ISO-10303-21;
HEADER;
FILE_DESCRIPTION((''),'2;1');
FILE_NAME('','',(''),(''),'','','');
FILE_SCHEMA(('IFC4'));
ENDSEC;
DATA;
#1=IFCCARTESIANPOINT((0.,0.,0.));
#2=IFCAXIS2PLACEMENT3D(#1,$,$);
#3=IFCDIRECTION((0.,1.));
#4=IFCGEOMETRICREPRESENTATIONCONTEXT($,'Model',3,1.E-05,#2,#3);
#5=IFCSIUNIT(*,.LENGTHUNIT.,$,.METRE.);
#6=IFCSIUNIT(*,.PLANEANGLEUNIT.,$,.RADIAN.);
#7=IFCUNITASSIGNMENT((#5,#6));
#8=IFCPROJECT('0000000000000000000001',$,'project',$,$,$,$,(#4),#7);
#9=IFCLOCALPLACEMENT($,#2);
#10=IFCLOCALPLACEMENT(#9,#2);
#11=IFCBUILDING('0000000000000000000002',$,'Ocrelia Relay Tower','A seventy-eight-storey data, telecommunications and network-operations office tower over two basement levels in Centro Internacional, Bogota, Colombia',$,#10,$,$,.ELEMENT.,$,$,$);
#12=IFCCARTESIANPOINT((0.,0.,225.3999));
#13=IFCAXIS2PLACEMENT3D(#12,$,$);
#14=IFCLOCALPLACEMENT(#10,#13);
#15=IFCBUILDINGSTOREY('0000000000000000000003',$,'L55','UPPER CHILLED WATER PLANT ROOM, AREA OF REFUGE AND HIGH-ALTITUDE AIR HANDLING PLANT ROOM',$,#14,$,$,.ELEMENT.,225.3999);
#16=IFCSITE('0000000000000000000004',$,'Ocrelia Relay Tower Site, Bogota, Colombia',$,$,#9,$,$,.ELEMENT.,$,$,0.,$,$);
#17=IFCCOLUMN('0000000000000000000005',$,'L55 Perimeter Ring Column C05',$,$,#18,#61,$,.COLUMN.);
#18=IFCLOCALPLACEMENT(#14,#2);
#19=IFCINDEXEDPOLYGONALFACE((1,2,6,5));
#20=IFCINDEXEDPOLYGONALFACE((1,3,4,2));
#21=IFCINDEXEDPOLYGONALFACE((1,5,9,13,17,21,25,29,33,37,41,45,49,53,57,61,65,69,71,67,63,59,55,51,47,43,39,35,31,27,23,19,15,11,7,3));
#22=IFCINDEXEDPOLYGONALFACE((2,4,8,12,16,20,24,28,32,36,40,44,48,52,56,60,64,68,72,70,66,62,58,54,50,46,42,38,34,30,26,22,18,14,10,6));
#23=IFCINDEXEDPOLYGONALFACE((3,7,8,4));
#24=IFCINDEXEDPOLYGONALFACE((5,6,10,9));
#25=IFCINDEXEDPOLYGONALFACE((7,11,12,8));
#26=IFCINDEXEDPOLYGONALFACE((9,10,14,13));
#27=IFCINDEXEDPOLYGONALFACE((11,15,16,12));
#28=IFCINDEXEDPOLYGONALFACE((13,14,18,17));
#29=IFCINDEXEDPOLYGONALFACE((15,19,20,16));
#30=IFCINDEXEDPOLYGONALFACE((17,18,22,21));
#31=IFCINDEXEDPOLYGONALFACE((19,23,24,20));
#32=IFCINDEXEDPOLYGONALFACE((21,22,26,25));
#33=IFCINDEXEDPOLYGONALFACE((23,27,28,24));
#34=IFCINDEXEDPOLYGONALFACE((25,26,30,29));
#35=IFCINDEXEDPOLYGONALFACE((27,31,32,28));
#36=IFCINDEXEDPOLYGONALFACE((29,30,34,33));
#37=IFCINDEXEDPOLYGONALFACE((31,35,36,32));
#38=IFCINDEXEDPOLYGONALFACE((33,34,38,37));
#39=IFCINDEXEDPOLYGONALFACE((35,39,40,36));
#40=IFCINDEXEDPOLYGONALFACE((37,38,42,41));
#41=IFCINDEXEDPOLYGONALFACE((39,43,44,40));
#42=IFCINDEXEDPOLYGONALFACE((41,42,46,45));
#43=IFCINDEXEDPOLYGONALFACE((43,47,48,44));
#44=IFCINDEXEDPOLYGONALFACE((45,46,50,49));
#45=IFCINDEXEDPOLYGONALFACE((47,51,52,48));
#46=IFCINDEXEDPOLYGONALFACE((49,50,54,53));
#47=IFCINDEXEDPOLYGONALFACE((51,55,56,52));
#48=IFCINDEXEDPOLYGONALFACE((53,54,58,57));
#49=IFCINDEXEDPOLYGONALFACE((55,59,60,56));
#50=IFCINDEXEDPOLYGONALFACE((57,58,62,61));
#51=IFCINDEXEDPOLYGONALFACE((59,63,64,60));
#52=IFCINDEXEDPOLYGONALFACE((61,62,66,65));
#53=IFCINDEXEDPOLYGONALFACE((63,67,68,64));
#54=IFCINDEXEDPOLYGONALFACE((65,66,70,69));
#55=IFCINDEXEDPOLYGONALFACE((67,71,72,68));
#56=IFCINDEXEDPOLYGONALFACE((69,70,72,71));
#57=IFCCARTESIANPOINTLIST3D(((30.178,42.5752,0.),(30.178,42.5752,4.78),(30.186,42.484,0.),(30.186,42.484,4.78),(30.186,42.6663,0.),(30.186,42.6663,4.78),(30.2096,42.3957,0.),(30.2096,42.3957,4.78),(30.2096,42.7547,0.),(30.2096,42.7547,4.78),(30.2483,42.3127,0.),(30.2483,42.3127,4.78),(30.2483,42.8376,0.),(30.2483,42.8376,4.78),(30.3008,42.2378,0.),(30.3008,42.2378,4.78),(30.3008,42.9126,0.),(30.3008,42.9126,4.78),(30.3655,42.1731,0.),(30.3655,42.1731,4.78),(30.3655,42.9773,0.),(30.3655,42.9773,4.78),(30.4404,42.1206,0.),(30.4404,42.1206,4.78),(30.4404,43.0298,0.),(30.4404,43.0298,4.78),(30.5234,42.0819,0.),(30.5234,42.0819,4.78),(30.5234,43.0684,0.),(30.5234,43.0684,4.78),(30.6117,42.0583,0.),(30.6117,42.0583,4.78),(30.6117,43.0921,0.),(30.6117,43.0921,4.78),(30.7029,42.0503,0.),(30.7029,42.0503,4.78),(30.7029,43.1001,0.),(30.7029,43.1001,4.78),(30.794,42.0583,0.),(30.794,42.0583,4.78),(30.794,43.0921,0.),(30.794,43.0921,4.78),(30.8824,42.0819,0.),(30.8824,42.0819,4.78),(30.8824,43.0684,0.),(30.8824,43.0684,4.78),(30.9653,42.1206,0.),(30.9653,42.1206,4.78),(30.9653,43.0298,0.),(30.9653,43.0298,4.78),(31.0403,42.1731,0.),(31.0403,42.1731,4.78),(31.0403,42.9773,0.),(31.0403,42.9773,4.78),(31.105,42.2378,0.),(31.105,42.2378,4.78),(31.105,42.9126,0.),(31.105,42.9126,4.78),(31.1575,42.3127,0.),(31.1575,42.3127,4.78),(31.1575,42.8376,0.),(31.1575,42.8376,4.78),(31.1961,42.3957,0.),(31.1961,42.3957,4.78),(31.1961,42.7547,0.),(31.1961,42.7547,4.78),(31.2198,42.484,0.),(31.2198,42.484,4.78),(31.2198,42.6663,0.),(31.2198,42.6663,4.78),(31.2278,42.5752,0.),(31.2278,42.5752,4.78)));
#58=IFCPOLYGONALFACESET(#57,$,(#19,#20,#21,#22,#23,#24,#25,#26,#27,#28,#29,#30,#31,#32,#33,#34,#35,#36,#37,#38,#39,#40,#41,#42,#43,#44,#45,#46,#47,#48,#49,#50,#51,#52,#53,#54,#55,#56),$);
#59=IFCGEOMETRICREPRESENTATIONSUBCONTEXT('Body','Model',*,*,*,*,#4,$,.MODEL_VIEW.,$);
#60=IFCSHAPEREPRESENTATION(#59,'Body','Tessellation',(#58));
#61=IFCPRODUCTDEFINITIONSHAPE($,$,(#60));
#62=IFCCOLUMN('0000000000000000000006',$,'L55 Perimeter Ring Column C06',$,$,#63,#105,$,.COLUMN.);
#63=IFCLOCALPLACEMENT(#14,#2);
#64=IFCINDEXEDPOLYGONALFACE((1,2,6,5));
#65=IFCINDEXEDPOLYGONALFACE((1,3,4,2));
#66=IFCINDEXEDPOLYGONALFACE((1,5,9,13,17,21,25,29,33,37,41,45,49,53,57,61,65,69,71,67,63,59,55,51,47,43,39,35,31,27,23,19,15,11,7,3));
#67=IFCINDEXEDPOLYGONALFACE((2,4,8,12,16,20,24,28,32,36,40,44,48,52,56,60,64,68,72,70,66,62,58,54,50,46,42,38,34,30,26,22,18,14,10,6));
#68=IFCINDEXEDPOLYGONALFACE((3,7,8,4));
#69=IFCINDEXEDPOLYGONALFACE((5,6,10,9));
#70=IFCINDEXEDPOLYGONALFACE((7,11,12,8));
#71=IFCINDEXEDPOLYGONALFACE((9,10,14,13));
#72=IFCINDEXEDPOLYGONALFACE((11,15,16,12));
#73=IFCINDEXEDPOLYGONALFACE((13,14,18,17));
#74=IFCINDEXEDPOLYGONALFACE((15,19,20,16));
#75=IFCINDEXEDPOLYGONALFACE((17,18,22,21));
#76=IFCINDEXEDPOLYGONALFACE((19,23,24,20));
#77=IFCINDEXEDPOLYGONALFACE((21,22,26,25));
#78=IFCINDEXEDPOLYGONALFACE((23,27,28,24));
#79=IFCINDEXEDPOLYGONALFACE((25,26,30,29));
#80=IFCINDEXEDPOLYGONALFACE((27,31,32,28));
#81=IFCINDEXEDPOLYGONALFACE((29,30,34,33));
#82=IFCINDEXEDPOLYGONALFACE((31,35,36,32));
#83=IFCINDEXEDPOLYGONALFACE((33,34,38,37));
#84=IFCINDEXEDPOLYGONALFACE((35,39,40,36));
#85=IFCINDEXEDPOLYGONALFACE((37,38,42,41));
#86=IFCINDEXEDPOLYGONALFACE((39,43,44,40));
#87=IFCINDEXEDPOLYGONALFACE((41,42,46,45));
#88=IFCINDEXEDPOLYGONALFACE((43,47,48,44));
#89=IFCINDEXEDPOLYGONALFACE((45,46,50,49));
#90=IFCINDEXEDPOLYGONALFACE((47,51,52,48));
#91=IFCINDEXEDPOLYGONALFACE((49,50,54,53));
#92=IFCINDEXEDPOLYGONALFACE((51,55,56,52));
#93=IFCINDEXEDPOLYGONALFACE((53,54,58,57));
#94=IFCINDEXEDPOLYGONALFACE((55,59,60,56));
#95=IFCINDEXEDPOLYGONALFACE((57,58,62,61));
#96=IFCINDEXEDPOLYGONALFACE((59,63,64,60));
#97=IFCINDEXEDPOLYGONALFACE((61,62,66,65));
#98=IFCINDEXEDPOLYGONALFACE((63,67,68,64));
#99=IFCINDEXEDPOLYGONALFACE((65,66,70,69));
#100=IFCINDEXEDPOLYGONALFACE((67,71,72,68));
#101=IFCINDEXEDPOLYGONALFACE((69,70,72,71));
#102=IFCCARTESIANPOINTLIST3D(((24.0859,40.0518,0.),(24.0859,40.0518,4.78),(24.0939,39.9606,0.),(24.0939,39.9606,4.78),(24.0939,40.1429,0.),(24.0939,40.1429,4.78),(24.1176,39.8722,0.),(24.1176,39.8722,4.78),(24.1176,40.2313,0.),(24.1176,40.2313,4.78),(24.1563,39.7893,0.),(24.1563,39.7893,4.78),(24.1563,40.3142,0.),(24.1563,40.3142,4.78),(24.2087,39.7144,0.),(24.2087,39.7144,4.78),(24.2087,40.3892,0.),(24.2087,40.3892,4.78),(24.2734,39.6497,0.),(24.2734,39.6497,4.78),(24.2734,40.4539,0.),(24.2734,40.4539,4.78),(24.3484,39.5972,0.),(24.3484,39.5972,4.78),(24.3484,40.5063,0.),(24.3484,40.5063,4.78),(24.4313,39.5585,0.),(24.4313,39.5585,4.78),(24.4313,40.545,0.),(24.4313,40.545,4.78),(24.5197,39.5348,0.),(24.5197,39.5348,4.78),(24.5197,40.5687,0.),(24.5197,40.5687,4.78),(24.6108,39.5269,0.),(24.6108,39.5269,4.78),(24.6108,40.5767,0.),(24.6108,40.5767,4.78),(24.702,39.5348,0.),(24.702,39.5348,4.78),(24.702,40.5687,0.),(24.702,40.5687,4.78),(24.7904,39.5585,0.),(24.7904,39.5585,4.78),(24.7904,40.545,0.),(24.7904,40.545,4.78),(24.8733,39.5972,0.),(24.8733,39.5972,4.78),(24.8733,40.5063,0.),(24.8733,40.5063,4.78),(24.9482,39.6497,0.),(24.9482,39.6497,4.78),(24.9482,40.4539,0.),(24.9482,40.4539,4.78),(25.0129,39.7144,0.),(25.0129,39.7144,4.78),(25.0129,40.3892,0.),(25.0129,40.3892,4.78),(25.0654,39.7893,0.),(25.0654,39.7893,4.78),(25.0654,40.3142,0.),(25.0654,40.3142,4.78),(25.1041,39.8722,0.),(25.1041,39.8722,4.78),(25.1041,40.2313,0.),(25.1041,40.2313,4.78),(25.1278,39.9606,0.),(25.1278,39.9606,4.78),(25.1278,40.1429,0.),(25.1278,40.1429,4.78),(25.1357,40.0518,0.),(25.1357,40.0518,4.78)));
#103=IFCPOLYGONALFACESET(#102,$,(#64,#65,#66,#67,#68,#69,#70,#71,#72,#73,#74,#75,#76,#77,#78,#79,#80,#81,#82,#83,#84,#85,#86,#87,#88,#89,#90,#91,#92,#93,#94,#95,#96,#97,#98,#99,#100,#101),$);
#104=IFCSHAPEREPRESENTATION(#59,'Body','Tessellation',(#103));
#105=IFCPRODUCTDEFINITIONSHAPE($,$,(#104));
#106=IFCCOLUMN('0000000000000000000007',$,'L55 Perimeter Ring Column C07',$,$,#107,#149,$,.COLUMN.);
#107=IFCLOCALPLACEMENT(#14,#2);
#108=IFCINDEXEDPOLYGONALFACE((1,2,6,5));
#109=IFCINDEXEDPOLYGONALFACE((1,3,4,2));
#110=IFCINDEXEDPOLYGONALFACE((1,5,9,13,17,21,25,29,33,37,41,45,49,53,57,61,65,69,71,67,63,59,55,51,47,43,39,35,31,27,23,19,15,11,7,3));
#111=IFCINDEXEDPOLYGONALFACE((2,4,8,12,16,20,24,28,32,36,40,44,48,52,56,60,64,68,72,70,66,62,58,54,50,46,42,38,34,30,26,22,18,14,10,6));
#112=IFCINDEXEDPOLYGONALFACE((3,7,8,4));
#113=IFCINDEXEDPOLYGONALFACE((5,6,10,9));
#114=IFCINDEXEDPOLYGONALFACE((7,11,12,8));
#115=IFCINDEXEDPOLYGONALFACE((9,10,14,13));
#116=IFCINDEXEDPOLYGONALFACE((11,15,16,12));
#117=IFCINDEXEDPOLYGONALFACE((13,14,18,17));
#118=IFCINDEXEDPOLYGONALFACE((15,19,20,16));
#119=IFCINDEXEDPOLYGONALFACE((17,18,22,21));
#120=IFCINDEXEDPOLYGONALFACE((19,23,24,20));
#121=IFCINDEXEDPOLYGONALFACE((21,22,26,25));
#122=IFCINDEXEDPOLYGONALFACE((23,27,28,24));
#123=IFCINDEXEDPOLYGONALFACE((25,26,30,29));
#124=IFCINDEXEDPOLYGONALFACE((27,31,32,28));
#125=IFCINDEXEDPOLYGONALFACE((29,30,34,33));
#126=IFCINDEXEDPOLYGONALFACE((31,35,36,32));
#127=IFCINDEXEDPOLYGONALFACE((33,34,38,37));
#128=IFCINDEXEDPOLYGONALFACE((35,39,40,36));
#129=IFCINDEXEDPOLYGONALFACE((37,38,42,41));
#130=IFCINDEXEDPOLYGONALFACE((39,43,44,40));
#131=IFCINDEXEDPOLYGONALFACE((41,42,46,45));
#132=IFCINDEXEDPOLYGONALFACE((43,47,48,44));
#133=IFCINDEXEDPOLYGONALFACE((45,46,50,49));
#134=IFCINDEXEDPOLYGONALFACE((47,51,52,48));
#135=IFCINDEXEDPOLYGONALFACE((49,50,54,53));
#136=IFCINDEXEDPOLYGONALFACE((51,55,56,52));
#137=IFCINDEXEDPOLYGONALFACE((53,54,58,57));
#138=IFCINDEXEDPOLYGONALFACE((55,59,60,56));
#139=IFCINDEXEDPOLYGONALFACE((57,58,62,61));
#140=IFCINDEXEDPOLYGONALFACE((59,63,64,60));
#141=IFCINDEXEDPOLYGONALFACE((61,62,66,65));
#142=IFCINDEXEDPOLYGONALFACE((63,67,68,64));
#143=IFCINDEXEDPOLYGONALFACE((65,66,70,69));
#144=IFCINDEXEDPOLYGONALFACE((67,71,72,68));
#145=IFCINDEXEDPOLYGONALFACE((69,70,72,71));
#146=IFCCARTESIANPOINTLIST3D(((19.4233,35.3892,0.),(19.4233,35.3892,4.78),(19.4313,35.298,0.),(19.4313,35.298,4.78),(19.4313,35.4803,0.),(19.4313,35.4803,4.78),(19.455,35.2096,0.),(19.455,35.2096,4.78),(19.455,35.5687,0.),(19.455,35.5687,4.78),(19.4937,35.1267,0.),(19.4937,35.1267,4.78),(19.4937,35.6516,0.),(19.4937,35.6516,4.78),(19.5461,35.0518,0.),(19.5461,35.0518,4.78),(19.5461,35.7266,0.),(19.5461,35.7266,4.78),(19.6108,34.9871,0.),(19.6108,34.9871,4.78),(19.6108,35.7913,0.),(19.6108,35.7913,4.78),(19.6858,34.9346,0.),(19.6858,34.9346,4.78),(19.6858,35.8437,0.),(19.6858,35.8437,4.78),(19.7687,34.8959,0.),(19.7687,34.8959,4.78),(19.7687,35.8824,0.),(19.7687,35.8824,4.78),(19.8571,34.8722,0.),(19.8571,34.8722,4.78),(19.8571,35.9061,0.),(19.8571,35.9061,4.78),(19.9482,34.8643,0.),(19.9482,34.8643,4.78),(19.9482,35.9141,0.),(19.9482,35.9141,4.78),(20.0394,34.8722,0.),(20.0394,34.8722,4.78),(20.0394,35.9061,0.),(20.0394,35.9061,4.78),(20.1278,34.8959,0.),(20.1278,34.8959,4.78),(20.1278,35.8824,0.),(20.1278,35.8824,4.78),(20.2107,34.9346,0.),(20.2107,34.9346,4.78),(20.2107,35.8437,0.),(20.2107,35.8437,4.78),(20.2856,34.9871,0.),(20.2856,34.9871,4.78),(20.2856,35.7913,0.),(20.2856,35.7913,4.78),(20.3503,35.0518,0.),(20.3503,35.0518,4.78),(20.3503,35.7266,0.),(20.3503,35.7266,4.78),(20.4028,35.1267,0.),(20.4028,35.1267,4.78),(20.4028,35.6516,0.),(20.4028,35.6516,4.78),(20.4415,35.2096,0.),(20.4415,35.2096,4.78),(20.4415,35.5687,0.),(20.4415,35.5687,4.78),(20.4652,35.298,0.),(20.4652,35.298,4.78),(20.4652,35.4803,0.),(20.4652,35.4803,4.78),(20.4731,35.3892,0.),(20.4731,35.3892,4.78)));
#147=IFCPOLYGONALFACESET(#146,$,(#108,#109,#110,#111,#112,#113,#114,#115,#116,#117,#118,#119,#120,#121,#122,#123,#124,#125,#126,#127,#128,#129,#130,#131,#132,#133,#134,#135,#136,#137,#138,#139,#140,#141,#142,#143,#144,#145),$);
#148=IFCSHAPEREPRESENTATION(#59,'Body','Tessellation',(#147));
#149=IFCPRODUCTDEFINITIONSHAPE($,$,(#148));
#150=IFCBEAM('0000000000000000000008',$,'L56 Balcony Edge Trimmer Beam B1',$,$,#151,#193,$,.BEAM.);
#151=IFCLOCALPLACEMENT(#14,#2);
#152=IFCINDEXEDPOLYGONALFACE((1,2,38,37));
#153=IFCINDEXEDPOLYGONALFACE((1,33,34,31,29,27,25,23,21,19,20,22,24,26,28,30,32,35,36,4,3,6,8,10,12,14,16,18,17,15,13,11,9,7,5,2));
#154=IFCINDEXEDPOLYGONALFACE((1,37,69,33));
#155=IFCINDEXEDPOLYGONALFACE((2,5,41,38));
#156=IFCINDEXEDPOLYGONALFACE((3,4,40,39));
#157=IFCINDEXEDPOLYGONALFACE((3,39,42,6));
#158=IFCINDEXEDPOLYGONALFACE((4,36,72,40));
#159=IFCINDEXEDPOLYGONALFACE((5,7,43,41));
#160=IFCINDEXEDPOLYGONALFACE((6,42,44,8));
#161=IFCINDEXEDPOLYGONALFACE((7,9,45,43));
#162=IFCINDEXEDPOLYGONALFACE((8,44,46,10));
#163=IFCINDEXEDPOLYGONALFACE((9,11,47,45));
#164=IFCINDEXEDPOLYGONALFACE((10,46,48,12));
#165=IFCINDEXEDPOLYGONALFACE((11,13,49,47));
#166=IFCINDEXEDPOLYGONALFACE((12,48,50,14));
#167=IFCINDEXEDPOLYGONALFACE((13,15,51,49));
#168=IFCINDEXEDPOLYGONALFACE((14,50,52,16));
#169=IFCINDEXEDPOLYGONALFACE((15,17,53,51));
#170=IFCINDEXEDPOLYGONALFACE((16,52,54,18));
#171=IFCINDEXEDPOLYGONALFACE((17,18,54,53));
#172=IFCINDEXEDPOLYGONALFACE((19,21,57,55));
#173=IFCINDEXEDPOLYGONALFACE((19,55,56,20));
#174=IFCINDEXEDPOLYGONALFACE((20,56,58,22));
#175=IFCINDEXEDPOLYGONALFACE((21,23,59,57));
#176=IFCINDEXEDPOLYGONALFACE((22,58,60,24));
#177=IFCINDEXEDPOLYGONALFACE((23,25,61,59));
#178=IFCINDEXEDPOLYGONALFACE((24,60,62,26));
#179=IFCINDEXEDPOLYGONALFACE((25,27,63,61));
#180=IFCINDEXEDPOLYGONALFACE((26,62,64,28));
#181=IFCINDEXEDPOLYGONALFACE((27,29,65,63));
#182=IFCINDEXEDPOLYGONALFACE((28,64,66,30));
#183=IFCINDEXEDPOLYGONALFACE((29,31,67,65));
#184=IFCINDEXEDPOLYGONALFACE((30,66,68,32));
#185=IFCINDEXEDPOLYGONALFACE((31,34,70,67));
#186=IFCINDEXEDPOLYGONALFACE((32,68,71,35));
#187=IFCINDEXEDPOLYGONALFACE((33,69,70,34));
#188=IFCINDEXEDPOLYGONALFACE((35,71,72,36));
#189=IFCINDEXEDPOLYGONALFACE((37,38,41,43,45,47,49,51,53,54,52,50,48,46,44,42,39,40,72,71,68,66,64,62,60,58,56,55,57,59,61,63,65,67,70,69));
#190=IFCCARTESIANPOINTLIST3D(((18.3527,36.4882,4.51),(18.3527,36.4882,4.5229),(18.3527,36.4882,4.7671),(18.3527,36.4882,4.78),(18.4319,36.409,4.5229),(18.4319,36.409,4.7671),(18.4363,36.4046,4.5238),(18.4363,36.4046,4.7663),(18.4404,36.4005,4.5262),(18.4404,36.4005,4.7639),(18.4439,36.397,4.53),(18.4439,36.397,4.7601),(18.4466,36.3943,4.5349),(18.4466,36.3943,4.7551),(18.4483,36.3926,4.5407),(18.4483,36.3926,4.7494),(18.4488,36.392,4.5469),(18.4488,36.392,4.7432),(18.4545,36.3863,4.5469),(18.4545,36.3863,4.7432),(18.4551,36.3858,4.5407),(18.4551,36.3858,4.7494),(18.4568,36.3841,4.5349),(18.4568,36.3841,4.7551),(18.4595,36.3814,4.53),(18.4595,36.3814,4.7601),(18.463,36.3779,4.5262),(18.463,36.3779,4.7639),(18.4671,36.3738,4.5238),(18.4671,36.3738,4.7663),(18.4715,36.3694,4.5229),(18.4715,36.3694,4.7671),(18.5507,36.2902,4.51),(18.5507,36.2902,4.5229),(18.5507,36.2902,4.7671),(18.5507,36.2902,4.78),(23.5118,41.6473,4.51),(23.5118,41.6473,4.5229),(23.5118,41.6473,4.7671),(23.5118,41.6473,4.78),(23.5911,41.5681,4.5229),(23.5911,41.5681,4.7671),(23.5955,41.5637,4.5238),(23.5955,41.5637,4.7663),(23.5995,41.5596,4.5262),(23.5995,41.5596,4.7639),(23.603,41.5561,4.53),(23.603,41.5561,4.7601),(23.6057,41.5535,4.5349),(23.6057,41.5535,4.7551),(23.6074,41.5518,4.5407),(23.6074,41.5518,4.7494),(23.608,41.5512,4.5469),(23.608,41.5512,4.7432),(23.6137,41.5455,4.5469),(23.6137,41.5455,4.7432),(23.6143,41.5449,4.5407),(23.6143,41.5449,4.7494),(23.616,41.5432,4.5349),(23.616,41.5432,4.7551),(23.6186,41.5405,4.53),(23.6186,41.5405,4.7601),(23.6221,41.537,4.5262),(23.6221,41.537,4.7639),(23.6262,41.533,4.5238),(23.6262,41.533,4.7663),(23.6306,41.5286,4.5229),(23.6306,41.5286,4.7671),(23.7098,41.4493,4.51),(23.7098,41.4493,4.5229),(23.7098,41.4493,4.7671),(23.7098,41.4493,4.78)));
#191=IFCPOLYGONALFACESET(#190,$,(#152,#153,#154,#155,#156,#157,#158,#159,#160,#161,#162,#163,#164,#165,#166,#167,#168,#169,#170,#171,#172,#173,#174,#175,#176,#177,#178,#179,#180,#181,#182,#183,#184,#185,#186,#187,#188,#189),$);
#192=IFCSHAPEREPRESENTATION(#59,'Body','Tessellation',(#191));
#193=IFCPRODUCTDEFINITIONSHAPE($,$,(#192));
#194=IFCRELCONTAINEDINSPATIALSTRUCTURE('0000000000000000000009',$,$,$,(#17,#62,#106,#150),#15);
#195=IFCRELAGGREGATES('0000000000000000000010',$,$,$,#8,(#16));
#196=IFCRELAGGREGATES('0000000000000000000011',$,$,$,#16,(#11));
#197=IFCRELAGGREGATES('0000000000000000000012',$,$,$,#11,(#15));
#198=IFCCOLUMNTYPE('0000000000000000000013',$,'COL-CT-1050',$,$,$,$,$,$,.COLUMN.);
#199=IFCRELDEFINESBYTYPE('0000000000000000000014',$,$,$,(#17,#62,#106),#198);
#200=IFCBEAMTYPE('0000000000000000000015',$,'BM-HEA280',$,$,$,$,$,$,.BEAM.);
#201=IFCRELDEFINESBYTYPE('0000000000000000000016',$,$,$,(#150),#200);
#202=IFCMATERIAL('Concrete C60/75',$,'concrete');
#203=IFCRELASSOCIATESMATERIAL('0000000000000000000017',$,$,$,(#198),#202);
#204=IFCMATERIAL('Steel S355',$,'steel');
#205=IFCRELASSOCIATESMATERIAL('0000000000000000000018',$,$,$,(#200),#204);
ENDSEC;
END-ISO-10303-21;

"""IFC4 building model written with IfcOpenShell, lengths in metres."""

from ifc_helpers import new_model, si_unit, direction, frame, origin, origin_2d, place, context, subcontext, project, spatial, circle, i_section, extrude, material, material_profile, profile_set, type_object, element, save


model = new_model("IFC4")

# Units and contexts
model_context = context("Model", 3, precision=1e-05, world=origin(), true_north=direction((0.0, 1.0)))
body_context = subcontext(model_context, "Body", "Model", "MODEL_VIEW")
ifc_project = project(units=[si_unit("LENGTHUNIT", "METRE"), si_unit("PLANEANGLEUNIT", "RADIAN")], contexts=[model_context])

# Site, building, storey
site_placement = place(None, origin())
site = spatial("IfcSite", under=ifc_project, at=site_placement, Name="Ocrelia Relay Tower Site, Bogota, Colombia", CompositionType="ELEMENT", RefElevation=0.0)
building_placement = place(site_placement, origin())
building = spatial("IfcBuilding", under=site, at=building_placement, Name="Ocrelia Relay Tower", Description="A seventy-eight-storey data, telecommunications and network-operations office tower over two basement levels in Centro Internacional, Bogota, Colombia", CompositionType="ELEMENT")
storey_placement = place(building_placement, frame((0.0, 0.0, 225.3999)))
storey = spatial("IfcBuildingStorey", under=building, at=storey_placement, Name="L55", Description="UPPER CHILLED WATER PLANT ROOM, AREA OF REFUGE AND HIGH-ALTITUDE AIR HANDLING PLANT ROOM", CompositionType="ELEMENT", Elevation=225.3999)

# Columns
ifc_material_1 = material(Name="Concrete C60/75", Category="concrete")
ifc_material_profile_1 = material_profile(ifc_material_1, circle(Radius=0.5249, at=origin_2d()), Name="RC-CIR-1050")
ifc_profile_set_1 = profile_set([ifc_material_profile_1], Name="Concrete C60/75")
column_type = type_object("IfcColumnType", Name="COL-CT-1050", PredefinedType="COLUMN", material=ifc_profile_set_1)
for number, where, z_axis, x_axis, name in (
    (1, (30.7029, 42.5752, 0.0), (0.0, 0.0, 1.0), (1.0, 0.0, 0.0), "L55 Perimeter Ring Column C05"),
    (2, (24.6108, 40.0518, 0.0), (0.0, 0.0, 1.0), (1.0, 0.0, 0.0), "L55 Perimeter Ring Column C06"),
    (3, (19.9482, 35.3892, 0.0), (0.0, 0.0, 1.0), (1.0, 0.0, 0.0), "L55 Perimeter Ring Column C07"),
):
    element("IfcColumn", number, at=place(storey_placement, frame(where, z_axis=z_axis, x_axis=x_axis)), inside=storey, type_object=column_type, Name=name, PredefinedType="COLUMN", context=body_context, shape_type="SweptSolid", body=[
        extrude(circle(Radius=0.5249, at=origin_2d()), origin(), (0.0, 0.0, 1.0), 4.78),
    ])

# Beam
ifc_material_2 = material(Name="Steel S355", Category="steel")
ifc_material_profile_2 = material_profile(ifc_material_2, i_section(OverallWidth=0.28, OverallDepth=0.27, WebThickness=0.0081, FlangeThickness=0.0129, FilletRadius=0.0239, at=origin_2d()), Name="HEA 280")
ifc_profile_set_2 = profile_set([ifc_material_profile_2], Name="Steel S355")
beam_type_1 = type_object("IfcBeamType", Name="BM-HEA280", PredefinedType="BEAM", material=ifc_profile_set_2)
beam_1_placement = place(storey_placement, frame((23.6108, 41.5483, 4.645), z_axis=(-0.707107, -0.707107, 0.0), x_axis=(0.707107, -0.707107, 0.0)))
element("IfcBeam", 4, at=beam_1_placement, inside=storey, type_object=beam_type_1, Name="L56 Balcony Edge Trimmer Beam B1", PredefinedType="BEAM", context=body_context, shape_type="SweptSolid", body=[
    extrude(i_section(OverallWidth=0.28, OverallDepth=0.27, WebThickness=0.0081, FlangeThickness=0.0129, FilletRadius=0.0239, at=origin_2d()), origin(), (0.0, 0.0, 1.0), 7.2961),
])

save(model, "model.ifc")
